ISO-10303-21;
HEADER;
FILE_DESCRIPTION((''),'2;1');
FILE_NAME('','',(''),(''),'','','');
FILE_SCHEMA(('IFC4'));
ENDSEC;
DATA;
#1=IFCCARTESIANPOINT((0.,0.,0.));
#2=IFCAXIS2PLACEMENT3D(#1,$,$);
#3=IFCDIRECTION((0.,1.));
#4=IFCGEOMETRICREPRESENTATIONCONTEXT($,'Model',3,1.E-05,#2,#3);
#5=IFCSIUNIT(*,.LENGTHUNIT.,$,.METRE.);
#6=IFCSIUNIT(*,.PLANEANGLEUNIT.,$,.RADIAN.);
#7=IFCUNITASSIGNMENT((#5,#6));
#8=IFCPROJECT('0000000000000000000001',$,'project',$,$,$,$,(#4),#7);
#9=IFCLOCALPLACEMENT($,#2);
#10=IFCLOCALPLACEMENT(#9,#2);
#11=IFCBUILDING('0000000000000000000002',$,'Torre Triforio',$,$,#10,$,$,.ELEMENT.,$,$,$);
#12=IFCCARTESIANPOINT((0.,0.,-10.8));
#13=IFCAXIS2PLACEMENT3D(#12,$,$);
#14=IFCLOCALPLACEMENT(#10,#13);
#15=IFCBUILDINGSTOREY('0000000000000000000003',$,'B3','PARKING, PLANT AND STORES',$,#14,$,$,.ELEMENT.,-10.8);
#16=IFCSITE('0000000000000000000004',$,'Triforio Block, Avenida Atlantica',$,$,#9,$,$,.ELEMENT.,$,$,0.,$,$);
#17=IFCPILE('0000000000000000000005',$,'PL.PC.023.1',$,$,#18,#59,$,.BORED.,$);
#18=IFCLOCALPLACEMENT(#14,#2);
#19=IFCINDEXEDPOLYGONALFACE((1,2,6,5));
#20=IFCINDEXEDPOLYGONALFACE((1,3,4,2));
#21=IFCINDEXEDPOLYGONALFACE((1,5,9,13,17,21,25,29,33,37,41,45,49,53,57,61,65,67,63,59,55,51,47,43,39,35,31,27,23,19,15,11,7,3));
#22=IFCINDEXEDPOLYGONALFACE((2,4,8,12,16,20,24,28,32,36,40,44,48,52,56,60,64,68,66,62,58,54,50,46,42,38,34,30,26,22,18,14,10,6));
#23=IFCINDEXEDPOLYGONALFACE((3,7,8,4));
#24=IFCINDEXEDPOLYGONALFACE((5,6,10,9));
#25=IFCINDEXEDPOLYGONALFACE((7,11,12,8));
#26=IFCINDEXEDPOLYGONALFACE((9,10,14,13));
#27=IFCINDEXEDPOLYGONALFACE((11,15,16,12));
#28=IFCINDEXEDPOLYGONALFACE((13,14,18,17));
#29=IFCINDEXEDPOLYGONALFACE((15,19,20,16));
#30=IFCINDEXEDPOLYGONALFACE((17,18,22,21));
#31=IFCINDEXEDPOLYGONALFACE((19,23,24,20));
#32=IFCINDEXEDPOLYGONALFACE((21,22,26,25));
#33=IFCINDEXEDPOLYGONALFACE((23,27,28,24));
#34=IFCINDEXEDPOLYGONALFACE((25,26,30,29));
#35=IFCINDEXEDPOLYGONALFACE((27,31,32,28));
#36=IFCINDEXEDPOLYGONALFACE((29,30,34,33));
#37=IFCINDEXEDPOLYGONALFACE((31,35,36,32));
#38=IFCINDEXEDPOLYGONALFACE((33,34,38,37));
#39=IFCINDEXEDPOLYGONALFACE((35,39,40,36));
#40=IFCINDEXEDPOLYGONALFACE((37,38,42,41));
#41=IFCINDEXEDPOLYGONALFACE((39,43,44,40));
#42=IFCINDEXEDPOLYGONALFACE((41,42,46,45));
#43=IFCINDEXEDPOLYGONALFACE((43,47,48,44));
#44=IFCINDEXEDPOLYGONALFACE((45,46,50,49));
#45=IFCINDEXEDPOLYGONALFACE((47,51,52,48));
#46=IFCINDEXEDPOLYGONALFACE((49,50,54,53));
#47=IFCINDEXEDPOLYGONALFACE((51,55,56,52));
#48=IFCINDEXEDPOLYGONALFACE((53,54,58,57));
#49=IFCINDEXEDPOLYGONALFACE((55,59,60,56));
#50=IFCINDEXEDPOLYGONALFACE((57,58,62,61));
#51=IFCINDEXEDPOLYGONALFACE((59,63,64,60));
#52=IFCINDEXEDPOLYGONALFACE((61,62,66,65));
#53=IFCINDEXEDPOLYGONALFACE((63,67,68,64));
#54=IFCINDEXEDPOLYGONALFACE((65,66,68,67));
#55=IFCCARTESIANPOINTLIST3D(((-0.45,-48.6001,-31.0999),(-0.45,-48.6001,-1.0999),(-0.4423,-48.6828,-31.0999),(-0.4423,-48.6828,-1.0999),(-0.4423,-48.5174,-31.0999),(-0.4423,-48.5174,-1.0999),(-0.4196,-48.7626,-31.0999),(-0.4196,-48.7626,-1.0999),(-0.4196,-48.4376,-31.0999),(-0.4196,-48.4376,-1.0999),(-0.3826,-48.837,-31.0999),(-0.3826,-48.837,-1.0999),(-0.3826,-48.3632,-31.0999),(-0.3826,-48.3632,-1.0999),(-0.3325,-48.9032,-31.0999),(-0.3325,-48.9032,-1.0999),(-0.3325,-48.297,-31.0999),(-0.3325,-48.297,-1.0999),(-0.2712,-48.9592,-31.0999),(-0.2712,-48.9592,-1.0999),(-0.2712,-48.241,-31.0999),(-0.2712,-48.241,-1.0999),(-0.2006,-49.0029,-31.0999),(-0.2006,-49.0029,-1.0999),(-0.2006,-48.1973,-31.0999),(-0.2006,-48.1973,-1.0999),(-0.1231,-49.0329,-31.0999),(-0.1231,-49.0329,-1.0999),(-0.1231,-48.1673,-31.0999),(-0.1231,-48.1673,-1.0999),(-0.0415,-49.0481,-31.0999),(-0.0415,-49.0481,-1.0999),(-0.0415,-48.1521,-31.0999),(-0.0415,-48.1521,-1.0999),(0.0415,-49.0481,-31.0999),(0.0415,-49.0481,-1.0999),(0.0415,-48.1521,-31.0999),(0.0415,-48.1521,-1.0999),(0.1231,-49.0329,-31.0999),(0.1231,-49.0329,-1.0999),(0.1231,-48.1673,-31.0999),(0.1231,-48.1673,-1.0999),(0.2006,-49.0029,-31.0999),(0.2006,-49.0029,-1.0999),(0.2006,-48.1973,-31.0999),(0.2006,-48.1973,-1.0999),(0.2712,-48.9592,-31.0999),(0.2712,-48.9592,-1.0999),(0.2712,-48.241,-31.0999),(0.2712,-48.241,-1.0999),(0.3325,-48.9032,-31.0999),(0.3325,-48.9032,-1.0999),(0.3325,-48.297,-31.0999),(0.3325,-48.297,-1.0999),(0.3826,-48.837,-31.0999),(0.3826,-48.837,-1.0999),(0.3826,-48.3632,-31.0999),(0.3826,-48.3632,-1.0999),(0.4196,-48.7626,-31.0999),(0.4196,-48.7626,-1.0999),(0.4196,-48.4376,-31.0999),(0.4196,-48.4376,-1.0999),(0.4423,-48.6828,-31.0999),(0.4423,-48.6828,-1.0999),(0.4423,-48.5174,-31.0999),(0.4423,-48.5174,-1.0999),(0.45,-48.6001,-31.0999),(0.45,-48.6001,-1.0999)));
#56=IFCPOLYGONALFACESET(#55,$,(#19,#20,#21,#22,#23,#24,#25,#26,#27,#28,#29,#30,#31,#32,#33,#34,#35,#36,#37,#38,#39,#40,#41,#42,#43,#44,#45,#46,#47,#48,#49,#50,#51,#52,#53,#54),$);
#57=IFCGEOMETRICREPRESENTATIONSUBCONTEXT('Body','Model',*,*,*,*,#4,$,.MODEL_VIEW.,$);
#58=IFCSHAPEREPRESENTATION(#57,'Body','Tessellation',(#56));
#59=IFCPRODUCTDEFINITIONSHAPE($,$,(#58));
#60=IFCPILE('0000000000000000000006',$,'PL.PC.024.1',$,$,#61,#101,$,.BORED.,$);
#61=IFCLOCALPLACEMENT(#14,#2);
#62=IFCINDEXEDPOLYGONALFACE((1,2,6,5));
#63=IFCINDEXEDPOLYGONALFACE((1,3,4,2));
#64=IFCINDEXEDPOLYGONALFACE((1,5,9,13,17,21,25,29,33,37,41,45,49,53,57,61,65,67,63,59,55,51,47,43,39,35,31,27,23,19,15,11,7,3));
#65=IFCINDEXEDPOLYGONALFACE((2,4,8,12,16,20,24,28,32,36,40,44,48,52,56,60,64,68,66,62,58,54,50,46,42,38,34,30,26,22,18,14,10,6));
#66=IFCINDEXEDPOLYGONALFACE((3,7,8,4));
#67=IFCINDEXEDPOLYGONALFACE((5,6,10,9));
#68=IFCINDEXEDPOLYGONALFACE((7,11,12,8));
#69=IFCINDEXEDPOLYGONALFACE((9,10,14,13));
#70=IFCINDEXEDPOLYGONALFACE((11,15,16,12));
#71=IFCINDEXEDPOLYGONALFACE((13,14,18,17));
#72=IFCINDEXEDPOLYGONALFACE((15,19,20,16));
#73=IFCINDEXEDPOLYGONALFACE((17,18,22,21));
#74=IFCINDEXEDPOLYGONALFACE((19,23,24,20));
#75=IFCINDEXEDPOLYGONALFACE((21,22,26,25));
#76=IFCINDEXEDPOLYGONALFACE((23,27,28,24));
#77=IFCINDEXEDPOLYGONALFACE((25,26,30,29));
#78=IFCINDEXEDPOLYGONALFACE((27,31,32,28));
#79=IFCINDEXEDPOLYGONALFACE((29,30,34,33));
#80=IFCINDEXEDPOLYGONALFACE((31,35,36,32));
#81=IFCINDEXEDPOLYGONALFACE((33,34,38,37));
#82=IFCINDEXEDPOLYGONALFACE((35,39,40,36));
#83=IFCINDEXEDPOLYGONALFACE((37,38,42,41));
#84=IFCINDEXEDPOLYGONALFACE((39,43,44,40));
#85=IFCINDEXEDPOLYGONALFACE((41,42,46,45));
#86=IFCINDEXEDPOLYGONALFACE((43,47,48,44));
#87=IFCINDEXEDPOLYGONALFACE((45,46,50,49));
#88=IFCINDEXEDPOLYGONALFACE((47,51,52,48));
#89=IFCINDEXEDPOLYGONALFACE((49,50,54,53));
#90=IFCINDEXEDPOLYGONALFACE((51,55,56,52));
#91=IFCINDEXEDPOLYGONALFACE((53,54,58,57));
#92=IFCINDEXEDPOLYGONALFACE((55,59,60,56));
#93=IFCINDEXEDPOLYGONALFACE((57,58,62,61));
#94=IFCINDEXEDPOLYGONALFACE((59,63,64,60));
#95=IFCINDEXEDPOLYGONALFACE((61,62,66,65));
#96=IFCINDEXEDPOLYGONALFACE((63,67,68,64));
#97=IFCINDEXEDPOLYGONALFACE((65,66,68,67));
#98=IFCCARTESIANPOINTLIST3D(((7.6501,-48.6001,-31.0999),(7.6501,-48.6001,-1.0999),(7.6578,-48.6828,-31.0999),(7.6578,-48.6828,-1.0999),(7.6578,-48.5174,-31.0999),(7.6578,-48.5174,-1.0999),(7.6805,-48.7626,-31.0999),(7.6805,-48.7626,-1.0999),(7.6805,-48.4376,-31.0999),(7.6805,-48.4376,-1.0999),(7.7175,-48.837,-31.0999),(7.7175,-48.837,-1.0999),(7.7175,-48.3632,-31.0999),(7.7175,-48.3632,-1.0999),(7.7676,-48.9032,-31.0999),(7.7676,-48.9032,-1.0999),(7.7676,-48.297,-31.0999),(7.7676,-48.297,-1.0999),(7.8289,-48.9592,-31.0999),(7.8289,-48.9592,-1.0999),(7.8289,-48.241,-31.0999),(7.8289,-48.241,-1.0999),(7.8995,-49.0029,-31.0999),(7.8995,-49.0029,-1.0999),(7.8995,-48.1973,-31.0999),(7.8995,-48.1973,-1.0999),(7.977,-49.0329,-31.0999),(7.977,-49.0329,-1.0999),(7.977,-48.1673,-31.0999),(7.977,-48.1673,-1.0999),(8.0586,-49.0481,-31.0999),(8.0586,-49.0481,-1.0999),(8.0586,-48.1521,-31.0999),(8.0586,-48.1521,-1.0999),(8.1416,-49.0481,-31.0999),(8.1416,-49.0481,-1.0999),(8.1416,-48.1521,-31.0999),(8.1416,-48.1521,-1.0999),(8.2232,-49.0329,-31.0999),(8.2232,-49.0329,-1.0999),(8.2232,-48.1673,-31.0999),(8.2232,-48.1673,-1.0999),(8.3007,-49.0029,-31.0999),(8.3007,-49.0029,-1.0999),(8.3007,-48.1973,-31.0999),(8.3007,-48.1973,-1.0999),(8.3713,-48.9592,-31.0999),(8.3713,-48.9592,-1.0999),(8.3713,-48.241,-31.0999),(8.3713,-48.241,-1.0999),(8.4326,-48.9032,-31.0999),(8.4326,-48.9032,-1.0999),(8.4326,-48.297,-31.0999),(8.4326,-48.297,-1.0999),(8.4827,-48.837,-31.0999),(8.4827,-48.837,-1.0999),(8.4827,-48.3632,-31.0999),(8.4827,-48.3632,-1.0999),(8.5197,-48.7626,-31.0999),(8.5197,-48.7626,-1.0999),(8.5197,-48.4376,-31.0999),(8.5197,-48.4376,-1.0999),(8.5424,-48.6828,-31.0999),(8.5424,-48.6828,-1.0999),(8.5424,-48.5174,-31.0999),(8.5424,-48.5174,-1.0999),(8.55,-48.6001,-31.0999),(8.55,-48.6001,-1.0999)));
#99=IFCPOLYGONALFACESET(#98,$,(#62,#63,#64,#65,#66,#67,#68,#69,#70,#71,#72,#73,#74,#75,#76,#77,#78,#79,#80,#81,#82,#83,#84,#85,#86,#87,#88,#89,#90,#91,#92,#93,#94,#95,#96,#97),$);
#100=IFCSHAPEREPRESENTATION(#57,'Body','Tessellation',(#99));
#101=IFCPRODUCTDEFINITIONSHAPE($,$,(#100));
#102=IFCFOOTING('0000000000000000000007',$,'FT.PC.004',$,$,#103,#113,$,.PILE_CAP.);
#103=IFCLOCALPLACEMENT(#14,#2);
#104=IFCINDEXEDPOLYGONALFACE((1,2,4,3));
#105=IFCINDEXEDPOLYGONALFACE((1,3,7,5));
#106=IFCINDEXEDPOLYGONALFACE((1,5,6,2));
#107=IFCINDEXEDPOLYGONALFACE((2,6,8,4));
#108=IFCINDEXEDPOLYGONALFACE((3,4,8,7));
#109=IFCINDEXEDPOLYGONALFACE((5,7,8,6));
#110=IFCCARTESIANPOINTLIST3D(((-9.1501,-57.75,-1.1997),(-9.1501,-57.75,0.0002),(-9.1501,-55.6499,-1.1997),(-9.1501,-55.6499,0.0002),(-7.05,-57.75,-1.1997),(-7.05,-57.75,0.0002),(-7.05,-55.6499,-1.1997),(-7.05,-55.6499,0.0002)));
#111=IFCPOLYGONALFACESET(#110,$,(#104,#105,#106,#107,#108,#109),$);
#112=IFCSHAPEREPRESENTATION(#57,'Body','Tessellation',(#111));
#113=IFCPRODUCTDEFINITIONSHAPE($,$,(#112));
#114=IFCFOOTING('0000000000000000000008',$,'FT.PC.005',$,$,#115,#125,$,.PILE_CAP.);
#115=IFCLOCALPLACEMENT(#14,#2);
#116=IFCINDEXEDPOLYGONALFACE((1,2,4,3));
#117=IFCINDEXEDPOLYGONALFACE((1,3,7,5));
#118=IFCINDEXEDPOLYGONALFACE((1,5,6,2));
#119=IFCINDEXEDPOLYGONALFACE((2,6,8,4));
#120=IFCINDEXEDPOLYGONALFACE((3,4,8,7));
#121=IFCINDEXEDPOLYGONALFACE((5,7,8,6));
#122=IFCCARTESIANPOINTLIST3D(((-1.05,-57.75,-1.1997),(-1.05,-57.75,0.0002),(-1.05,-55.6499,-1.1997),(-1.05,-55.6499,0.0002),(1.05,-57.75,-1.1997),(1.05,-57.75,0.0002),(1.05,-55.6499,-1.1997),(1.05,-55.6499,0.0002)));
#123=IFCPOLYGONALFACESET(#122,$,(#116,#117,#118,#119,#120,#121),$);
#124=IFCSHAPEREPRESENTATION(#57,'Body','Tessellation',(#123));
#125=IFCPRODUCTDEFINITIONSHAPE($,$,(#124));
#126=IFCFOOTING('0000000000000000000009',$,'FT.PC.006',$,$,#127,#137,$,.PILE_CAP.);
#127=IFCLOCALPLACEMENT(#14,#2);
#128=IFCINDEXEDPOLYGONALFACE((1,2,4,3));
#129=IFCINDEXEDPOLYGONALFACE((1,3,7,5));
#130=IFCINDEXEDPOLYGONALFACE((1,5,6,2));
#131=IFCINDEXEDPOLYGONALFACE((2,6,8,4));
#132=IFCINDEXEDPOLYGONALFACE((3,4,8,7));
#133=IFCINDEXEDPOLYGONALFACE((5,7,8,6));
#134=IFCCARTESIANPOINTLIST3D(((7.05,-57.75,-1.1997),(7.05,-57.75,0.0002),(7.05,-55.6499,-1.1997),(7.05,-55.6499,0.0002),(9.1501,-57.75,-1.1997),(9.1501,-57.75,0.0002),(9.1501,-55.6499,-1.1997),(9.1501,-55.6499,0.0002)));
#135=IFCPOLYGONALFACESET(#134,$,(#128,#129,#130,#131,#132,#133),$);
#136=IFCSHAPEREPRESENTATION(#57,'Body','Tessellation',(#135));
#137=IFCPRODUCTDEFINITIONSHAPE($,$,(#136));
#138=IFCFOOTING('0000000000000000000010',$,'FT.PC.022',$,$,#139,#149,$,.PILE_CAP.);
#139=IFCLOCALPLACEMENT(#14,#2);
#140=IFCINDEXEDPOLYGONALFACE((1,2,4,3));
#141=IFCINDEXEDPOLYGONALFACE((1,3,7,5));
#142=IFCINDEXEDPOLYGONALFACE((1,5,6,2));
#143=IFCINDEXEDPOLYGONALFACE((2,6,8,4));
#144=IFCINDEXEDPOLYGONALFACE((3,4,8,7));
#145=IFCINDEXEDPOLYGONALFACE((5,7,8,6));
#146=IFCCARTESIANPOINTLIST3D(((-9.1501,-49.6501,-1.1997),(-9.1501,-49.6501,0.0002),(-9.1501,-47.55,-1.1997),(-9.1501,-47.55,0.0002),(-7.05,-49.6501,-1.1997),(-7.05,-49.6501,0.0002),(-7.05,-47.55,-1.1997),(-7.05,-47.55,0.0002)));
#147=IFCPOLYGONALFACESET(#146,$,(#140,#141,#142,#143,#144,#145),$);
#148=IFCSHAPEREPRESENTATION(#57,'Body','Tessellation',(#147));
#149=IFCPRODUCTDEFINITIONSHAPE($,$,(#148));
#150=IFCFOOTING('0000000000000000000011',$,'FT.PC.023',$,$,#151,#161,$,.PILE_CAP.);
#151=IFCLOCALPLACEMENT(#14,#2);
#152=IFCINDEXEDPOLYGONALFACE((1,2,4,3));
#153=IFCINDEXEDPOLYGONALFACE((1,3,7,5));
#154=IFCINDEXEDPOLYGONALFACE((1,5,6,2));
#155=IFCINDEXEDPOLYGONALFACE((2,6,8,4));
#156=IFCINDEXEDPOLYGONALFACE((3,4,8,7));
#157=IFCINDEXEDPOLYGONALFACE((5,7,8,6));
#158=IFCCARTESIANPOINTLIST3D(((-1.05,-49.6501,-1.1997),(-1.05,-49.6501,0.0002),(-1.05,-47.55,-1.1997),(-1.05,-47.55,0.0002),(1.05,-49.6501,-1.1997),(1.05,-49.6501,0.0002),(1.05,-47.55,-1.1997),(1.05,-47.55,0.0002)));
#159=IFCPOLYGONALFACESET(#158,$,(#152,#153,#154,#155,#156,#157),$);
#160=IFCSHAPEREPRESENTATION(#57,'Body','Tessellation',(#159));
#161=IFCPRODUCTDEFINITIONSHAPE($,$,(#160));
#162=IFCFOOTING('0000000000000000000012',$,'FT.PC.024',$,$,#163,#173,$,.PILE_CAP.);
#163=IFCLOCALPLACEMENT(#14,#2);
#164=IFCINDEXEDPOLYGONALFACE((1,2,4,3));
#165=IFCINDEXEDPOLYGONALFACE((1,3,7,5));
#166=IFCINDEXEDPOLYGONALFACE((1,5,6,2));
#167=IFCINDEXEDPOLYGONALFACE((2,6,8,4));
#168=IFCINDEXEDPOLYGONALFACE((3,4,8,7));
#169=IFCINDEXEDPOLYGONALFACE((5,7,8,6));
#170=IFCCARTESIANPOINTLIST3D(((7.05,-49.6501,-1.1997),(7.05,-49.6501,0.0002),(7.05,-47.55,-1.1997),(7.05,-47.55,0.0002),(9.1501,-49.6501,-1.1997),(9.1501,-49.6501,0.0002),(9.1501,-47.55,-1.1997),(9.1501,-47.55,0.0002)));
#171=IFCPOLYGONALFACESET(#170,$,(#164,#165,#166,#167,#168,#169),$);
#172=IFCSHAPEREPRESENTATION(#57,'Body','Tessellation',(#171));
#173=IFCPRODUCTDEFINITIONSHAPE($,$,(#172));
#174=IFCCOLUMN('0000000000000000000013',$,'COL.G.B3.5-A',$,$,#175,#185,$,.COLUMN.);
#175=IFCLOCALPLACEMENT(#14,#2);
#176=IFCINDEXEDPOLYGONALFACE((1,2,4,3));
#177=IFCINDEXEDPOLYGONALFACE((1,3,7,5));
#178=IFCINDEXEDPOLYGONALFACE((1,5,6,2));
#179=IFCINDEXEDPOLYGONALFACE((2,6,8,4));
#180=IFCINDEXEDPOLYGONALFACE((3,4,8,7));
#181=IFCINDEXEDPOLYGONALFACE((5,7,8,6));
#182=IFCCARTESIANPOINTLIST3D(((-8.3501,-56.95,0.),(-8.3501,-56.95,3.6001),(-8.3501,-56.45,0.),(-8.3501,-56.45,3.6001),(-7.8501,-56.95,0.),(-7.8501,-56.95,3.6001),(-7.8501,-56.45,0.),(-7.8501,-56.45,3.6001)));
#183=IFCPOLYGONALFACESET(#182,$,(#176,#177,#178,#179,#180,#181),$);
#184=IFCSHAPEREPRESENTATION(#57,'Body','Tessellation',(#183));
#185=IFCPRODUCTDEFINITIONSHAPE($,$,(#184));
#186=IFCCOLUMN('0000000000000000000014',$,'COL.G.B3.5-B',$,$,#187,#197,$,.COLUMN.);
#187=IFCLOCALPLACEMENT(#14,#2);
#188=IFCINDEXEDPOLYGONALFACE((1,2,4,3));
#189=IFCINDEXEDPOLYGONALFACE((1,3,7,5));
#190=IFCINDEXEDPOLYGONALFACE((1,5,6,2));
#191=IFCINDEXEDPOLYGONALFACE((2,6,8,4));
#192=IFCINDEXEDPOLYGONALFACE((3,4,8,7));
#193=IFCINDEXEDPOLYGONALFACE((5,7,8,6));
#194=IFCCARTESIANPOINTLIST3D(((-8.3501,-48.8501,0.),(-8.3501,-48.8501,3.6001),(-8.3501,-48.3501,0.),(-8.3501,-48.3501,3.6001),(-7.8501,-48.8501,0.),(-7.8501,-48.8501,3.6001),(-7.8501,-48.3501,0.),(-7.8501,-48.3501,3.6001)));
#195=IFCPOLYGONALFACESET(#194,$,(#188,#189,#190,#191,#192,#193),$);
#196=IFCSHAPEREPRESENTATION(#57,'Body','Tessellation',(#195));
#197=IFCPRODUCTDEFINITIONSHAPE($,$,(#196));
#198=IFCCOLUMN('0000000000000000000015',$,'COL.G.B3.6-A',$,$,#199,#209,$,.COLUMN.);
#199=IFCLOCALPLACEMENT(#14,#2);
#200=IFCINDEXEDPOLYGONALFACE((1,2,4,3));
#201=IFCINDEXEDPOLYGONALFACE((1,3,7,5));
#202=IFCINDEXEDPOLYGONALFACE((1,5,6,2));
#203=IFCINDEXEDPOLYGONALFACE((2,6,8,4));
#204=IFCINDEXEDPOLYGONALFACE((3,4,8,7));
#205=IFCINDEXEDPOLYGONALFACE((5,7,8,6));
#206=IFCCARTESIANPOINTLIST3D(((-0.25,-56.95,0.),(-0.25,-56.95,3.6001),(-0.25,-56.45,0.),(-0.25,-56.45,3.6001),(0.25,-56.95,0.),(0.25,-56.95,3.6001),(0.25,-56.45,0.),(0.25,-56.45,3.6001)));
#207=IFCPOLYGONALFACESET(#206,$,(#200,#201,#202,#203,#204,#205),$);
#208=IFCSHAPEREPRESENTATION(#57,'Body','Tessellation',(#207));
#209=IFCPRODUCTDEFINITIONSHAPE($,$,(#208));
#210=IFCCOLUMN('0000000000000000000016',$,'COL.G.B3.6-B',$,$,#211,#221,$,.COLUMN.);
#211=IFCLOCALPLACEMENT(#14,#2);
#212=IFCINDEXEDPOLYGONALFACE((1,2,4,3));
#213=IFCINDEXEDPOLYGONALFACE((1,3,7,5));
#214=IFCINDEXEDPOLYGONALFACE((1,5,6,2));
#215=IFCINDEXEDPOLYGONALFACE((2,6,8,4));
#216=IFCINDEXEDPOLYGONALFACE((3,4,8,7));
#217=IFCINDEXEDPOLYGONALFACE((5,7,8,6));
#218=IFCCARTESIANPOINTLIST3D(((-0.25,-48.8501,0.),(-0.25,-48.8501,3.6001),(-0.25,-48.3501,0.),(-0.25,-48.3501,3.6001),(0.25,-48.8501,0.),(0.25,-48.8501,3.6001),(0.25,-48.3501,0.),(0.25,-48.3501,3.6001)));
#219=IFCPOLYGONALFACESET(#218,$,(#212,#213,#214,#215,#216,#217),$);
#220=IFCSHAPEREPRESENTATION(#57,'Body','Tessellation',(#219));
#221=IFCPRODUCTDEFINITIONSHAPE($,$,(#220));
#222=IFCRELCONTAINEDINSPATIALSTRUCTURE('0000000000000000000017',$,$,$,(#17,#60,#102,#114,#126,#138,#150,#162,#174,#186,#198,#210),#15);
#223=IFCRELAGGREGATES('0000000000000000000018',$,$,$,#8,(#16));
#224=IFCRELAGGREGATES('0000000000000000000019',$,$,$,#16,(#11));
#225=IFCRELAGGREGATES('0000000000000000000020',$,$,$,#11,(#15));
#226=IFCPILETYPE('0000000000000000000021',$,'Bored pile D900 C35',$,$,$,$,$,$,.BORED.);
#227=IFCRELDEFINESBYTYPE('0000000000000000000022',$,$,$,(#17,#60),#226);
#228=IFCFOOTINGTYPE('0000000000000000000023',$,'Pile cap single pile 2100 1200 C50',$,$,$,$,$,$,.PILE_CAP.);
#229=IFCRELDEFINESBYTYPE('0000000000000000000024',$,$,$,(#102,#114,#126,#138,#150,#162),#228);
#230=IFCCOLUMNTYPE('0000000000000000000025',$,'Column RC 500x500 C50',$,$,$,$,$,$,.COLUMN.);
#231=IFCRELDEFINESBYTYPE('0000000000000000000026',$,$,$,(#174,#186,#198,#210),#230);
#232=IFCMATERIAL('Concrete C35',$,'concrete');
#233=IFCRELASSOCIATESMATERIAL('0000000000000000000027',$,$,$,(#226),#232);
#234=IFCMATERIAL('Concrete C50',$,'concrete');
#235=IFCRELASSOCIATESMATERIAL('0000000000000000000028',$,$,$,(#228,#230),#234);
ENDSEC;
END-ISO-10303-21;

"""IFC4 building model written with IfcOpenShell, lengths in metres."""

from ifc_helpers import new_model, si_unit, direction, frame, origin, origin_2d, place, context, subcontext, project, spatial, rectangle, circle, extrude, material, material_profile, profile_set, type_object, element, save


model = new_model("IFC4")

# Units and contexts
model_context = context("Model", 3, precision=1e-05, world=origin(), true_north=direction((0.0, 1.0)))
body_context = subcontext(model_context, "Body", "Model", "MODEL_VIEW")
ifc_project = project(units=[si_unit("LENGTHUNIT", "METRE"), si_unit("PLANEANGLEUNIT", "RADIAN")], contexts=[model_context])

# Site, building, storey
site_placement = place(None, origin())
site = spatial("IfcSite", under=ifc_project, at=site_placement, Name="Triforio Block, Avenida Atlantica", CompositionType="ELEMENT", RefElevation=0.0)
building_placement = place(site_placement, origin())
building = spatial("IfcBuilding", under=site, at=building_placement, Name="Torre Triforio", CompositionType="ELEMENT")
storey_placement = place(building_placement, frame((0.0, 0.0, -10.8)))
storey = spatial("IfcBuildingStorey", under=building, at=storey_placement, Name="B3", Description="PARKING, PLANT AND STORES", CompositionType="ELEMENT", Elevation=-10.8)

# Piles
ifc_material_1 = material(Name="Concrete C35", Category="concrete")
ifc_material_profile_1 = material_profile(ifc_material_1, circle(Radius=0.45, at=origin_2d()), Name="RC D900")
ifc_profile_set_1 = profile_set([ifc_material_profile_1], Name="Concrete C35")
pile_type = type_object("IfcPileType", Name="Bored pile D900 C35", PredefinedType="BORED", material=ifc_profile_set_1)
for number, where, z_axis, x_axis, name in (
    (1, (0.0, -48.6001, -1.0999), (0.0, 0.0, -1.0), (1.0, 0.0, 0.0), "PL.PC.023.1"),
    (2, (8.1001, -48.6001, -1.0999), (0.0, 0.0, -1.0), (1.0, 0.0, 0.0), "PL.PC.024.1"),
):
    element("IfcPile", number, at=place(storey_placement, frame(where, z_axis=z_axis, x_axis=x_axis)), inside=storey, type_object=pile_type, Name=name, PredefinedType="BORED", context=body_context, shape_type="SweptSolid", body=[
        extrude(circle(Radius=0.45, at=origin_2d()), origin(), (0.0, 0.0, 1.0), 30.0),
    ])

# Footings
ifc_material_2 = material(Name="Concrete C50", Category="concrete")
footing_type = type_object("IfcFootingType", Name="Pile cap single pile 2100 1200 C50", PredefinedType="PILE_CAP", material=ifc_material_2)
for number, where, z_axis, x_axis, name in (
    (3, (-8.1001, -56.7, -1.1997), (0.0, 0.0, 1.0), (1.0, 0.0, 0.0), "FT.PC.004"),
    (4, (0.0, -56.7, -1.1997), (0.0, 0.0, 1.0), (1.0, 0.0, 0.0), "FT.PC.005"),
    (5, (8.1001, -56.7, -1.1997), (0.0, 0.0, 1.0), (1.0, 0.0, 0.0), "FT.PC.006"),
    (6, (-8.1001, -48.6001, -1.1997), (0.0, 0.0, 1.0), (1.0, 0.0, 0.0), "FT.PC.022"),
    (7, (0.0, -48.6001, -1.1997), (0.0, 0.0, 1.0), (1.0, 0.0, 0.0), "FT.PC.023"),
    (8, (8.1001, -48.6001, -1.1997), (0.0, 0.0, 1.0), (1.0, 0.0, 0.0), "FT.PC.024"),
):
    element("IfcFooting", number, at=place(storey_placement, frame(where, z_axis=z_axis, x_axis=x_axis)), inside=storey, type_object=footing_type, Name=name, PredefinedType="PILE_CAP", context=body_context, shape_type="SweptSolid", body=[
        extrude(rectangle(XDim=2.1001, YDim=2.1001, at=origin_2d()), origin(), (0.0, 0.0, 1.0), 1.2),
    ])

# Columns
ifc_material_profile_2 = material_profile(ifc_material_2, rectangle(XDim=0.5, YDim=0.5, at=origin_2d()), Name="RC 500x500")
ifc_profile_set_2 = profile_set([ifc_material_profile_2], Name="Concrete C50")
column_type = type_object("IfcColumnType", Name="Column RC 500x500 C50", PredefinedType="COLUMN", material=ifc_profile_set_2)
for number, where, z_axis, x_axis, name in (
    (9, (-8.1001, -56.7, 0.0), (0.0, 0.0, 1.0), (1.0, 0.0, 0.0), "COL.G.B3.5-A"),
    (10, (-8.1001, -48.6001, 0.0), (0.0, 0.0, 1.0), (1.0, 0.0, 0.0), "COL.G.B3.5-B"),
    (11, (0.0, -56.7, 0.0), (0.0, 0.0, 1.0), (1.0, 0.0, 0.0), "COL.G.B3.6-A"),
    (12, (0.0, -48.6001, 0.0), (0.0, 0.0, 1.0), (1.0, 0.0, 0.0), "COL.G.B3.6-B"),
):
    element("IfcColumn", number, at=place(storey_placement, frame(where, z_axis=z_axis, x_axis=x_axis)), inside=storey, type_object=column_type, Name=name, PredefinedType="COLUMN", context=body_context, shape_type="SweptSolid", body=[
        extrude(rectangle(XDim=0.5, YDim=0.5, at=origin_2d()), origin(), (0.0, 0.0, 1.0), 3.6001),
    ])

save(model, "model.ifc")
